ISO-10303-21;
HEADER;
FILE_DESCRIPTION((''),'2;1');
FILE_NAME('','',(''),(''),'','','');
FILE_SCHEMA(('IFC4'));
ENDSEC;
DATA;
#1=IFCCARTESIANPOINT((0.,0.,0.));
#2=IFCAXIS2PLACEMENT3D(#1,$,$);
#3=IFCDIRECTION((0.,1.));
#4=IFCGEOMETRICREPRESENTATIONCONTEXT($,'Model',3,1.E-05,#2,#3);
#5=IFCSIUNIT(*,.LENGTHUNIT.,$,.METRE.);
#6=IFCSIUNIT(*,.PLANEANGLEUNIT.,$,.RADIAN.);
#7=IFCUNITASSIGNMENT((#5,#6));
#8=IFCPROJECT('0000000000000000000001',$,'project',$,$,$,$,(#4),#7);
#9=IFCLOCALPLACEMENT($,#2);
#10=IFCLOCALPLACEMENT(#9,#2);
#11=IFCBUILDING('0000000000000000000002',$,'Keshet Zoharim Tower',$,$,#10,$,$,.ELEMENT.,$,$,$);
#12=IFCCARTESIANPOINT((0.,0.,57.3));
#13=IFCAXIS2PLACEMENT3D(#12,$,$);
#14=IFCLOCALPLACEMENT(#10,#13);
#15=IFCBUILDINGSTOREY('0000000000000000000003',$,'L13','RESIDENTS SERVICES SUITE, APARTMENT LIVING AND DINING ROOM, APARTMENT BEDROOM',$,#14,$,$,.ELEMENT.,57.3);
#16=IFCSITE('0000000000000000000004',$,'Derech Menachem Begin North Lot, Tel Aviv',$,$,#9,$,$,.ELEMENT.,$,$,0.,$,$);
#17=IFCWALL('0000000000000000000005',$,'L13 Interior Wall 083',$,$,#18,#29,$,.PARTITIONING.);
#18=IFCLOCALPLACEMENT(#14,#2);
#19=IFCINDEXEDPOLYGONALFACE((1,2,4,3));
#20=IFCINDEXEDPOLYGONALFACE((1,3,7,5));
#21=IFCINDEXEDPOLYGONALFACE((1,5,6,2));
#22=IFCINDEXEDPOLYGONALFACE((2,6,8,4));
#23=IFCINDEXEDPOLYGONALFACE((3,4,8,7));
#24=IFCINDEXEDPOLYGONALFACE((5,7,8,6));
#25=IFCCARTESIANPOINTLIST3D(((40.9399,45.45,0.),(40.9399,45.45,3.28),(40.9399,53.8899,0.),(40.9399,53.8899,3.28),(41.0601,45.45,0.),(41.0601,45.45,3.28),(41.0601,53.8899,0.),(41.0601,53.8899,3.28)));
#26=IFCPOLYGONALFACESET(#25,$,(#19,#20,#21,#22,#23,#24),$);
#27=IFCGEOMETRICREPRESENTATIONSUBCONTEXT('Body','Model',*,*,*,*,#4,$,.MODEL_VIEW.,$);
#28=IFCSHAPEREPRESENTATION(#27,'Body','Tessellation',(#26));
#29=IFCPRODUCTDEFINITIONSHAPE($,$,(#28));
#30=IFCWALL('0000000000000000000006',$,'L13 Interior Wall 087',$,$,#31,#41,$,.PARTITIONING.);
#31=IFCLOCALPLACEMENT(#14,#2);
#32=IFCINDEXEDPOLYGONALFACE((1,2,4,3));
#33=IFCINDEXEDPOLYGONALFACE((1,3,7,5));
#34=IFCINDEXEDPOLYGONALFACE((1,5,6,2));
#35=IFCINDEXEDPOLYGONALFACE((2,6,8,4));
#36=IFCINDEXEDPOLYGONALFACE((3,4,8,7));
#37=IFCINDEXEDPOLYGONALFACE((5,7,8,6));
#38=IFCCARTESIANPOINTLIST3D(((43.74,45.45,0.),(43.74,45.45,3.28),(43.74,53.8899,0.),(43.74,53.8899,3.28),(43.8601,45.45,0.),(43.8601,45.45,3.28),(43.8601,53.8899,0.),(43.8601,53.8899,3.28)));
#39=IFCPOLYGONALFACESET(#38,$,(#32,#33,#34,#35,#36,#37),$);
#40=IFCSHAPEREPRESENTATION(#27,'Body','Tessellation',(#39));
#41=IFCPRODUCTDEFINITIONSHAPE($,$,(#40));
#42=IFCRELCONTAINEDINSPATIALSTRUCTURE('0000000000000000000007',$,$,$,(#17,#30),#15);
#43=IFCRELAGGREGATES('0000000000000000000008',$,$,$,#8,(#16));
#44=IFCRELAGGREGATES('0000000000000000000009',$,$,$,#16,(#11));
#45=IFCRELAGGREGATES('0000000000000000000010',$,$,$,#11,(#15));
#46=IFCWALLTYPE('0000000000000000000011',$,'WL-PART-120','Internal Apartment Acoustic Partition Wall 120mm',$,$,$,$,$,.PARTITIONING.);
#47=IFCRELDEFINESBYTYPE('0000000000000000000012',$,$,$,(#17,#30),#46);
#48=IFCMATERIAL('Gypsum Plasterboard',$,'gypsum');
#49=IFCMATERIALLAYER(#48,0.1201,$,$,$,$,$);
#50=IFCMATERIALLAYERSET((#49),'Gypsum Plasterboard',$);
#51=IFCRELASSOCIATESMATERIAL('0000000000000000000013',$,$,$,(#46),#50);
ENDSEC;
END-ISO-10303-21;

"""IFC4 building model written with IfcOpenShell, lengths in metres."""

from ifc_helpers import new_model, si_unit, direction, frame, frame_2d, origin, place, context, subcontext, project, spatial, rectangle, extrude, material, layer, layer_set, type_object, element, save


model = new_model("IFC4")

# Units and contexts
model_context = context("Model", 3, precision=1e-05, world=origin(), true_north=direction((0.0, 1.0)))
body_context = subcontext(model_context, "Body", "Model", "MODEL_VIEW")
ifc_project = project(units=[si_unit("LENGTHUNIT", "METRE"), si_unit("PLANEANGLEUNIT", "RADIAN")], contexts=[model_context])

# Site, building, storey
site_placement = place(None, origin())
site = spatial("IfcSite", under=ifc_project, at=site_placement, Name="Derech Menachem Begin North Lot, Tel Aviv", CompositionType="ELEMENT", RefElevation=0.0)
building_placement = place(site_placement, origin())
building = spatial("IfcBuilding", under=site, at=building_placement, Name="Keshet Zoharim Tower", CompositionType="ELEMENT")
storey_placement = place(building_placement, frame((0.0, 0.0, 57.3)))
storey = spatial("IfcBuildingStorey", under=building, at=storey_placement, Name="L13", Description="RESIDENTS SERVICES SUITE, APARTMENT LIVING AND DINING ROOM, APARTMENT BEDROOM", CompositionType="ELEMENT", Elevation=57.3)

# Walls
ifc_material_1 = material(Name="Gypsum Plasterboard", Category="gypsum")
ifc_layer_1 = layer(ifc_material_1, 0.1201)
ifc_layer_set_1 = layer_set([ifc_layer_1], Name="Gypsum Plasterboard")
wall_type = type_object("IfcWallType", Name="WL-PART-120", Description="Internal Apartment Acoustic Partition Wall 120mm", PredefinedType="PARTITIONING", material=ifc_layer_set_1)
for number, where, z_axis, x_axis, name in (
    (1, (41.0, 45.45, 0.0), (0.0, 0.0, 1.0), (0.0, 1.0, 0.0), "L13 Interior Wall 083"),
    (2, (43.8, 45.45, 0.0), (0.0, 0.0, 1.0), (0.0, 1.0, 0.0), "L13 Interior Wall 087"),
):
    element("IfcWall", number, at=place(storey_placement, frame(where, z_axis=z_axis, x_axis=x_axis)), inside=storey, type_object=wall_type, Name=name, PredefinedType="PARTITIONING", context=body_context, shape_type="SweptSolid", body=[
        extrude(rectangle(XDim=8.4399, YDim=0.1201, at=frame_2d((4.22, 0.0))), origin(), (0.0, 0.0, 1.0), 3.28),
    ])

save(model, "model.ifc")
